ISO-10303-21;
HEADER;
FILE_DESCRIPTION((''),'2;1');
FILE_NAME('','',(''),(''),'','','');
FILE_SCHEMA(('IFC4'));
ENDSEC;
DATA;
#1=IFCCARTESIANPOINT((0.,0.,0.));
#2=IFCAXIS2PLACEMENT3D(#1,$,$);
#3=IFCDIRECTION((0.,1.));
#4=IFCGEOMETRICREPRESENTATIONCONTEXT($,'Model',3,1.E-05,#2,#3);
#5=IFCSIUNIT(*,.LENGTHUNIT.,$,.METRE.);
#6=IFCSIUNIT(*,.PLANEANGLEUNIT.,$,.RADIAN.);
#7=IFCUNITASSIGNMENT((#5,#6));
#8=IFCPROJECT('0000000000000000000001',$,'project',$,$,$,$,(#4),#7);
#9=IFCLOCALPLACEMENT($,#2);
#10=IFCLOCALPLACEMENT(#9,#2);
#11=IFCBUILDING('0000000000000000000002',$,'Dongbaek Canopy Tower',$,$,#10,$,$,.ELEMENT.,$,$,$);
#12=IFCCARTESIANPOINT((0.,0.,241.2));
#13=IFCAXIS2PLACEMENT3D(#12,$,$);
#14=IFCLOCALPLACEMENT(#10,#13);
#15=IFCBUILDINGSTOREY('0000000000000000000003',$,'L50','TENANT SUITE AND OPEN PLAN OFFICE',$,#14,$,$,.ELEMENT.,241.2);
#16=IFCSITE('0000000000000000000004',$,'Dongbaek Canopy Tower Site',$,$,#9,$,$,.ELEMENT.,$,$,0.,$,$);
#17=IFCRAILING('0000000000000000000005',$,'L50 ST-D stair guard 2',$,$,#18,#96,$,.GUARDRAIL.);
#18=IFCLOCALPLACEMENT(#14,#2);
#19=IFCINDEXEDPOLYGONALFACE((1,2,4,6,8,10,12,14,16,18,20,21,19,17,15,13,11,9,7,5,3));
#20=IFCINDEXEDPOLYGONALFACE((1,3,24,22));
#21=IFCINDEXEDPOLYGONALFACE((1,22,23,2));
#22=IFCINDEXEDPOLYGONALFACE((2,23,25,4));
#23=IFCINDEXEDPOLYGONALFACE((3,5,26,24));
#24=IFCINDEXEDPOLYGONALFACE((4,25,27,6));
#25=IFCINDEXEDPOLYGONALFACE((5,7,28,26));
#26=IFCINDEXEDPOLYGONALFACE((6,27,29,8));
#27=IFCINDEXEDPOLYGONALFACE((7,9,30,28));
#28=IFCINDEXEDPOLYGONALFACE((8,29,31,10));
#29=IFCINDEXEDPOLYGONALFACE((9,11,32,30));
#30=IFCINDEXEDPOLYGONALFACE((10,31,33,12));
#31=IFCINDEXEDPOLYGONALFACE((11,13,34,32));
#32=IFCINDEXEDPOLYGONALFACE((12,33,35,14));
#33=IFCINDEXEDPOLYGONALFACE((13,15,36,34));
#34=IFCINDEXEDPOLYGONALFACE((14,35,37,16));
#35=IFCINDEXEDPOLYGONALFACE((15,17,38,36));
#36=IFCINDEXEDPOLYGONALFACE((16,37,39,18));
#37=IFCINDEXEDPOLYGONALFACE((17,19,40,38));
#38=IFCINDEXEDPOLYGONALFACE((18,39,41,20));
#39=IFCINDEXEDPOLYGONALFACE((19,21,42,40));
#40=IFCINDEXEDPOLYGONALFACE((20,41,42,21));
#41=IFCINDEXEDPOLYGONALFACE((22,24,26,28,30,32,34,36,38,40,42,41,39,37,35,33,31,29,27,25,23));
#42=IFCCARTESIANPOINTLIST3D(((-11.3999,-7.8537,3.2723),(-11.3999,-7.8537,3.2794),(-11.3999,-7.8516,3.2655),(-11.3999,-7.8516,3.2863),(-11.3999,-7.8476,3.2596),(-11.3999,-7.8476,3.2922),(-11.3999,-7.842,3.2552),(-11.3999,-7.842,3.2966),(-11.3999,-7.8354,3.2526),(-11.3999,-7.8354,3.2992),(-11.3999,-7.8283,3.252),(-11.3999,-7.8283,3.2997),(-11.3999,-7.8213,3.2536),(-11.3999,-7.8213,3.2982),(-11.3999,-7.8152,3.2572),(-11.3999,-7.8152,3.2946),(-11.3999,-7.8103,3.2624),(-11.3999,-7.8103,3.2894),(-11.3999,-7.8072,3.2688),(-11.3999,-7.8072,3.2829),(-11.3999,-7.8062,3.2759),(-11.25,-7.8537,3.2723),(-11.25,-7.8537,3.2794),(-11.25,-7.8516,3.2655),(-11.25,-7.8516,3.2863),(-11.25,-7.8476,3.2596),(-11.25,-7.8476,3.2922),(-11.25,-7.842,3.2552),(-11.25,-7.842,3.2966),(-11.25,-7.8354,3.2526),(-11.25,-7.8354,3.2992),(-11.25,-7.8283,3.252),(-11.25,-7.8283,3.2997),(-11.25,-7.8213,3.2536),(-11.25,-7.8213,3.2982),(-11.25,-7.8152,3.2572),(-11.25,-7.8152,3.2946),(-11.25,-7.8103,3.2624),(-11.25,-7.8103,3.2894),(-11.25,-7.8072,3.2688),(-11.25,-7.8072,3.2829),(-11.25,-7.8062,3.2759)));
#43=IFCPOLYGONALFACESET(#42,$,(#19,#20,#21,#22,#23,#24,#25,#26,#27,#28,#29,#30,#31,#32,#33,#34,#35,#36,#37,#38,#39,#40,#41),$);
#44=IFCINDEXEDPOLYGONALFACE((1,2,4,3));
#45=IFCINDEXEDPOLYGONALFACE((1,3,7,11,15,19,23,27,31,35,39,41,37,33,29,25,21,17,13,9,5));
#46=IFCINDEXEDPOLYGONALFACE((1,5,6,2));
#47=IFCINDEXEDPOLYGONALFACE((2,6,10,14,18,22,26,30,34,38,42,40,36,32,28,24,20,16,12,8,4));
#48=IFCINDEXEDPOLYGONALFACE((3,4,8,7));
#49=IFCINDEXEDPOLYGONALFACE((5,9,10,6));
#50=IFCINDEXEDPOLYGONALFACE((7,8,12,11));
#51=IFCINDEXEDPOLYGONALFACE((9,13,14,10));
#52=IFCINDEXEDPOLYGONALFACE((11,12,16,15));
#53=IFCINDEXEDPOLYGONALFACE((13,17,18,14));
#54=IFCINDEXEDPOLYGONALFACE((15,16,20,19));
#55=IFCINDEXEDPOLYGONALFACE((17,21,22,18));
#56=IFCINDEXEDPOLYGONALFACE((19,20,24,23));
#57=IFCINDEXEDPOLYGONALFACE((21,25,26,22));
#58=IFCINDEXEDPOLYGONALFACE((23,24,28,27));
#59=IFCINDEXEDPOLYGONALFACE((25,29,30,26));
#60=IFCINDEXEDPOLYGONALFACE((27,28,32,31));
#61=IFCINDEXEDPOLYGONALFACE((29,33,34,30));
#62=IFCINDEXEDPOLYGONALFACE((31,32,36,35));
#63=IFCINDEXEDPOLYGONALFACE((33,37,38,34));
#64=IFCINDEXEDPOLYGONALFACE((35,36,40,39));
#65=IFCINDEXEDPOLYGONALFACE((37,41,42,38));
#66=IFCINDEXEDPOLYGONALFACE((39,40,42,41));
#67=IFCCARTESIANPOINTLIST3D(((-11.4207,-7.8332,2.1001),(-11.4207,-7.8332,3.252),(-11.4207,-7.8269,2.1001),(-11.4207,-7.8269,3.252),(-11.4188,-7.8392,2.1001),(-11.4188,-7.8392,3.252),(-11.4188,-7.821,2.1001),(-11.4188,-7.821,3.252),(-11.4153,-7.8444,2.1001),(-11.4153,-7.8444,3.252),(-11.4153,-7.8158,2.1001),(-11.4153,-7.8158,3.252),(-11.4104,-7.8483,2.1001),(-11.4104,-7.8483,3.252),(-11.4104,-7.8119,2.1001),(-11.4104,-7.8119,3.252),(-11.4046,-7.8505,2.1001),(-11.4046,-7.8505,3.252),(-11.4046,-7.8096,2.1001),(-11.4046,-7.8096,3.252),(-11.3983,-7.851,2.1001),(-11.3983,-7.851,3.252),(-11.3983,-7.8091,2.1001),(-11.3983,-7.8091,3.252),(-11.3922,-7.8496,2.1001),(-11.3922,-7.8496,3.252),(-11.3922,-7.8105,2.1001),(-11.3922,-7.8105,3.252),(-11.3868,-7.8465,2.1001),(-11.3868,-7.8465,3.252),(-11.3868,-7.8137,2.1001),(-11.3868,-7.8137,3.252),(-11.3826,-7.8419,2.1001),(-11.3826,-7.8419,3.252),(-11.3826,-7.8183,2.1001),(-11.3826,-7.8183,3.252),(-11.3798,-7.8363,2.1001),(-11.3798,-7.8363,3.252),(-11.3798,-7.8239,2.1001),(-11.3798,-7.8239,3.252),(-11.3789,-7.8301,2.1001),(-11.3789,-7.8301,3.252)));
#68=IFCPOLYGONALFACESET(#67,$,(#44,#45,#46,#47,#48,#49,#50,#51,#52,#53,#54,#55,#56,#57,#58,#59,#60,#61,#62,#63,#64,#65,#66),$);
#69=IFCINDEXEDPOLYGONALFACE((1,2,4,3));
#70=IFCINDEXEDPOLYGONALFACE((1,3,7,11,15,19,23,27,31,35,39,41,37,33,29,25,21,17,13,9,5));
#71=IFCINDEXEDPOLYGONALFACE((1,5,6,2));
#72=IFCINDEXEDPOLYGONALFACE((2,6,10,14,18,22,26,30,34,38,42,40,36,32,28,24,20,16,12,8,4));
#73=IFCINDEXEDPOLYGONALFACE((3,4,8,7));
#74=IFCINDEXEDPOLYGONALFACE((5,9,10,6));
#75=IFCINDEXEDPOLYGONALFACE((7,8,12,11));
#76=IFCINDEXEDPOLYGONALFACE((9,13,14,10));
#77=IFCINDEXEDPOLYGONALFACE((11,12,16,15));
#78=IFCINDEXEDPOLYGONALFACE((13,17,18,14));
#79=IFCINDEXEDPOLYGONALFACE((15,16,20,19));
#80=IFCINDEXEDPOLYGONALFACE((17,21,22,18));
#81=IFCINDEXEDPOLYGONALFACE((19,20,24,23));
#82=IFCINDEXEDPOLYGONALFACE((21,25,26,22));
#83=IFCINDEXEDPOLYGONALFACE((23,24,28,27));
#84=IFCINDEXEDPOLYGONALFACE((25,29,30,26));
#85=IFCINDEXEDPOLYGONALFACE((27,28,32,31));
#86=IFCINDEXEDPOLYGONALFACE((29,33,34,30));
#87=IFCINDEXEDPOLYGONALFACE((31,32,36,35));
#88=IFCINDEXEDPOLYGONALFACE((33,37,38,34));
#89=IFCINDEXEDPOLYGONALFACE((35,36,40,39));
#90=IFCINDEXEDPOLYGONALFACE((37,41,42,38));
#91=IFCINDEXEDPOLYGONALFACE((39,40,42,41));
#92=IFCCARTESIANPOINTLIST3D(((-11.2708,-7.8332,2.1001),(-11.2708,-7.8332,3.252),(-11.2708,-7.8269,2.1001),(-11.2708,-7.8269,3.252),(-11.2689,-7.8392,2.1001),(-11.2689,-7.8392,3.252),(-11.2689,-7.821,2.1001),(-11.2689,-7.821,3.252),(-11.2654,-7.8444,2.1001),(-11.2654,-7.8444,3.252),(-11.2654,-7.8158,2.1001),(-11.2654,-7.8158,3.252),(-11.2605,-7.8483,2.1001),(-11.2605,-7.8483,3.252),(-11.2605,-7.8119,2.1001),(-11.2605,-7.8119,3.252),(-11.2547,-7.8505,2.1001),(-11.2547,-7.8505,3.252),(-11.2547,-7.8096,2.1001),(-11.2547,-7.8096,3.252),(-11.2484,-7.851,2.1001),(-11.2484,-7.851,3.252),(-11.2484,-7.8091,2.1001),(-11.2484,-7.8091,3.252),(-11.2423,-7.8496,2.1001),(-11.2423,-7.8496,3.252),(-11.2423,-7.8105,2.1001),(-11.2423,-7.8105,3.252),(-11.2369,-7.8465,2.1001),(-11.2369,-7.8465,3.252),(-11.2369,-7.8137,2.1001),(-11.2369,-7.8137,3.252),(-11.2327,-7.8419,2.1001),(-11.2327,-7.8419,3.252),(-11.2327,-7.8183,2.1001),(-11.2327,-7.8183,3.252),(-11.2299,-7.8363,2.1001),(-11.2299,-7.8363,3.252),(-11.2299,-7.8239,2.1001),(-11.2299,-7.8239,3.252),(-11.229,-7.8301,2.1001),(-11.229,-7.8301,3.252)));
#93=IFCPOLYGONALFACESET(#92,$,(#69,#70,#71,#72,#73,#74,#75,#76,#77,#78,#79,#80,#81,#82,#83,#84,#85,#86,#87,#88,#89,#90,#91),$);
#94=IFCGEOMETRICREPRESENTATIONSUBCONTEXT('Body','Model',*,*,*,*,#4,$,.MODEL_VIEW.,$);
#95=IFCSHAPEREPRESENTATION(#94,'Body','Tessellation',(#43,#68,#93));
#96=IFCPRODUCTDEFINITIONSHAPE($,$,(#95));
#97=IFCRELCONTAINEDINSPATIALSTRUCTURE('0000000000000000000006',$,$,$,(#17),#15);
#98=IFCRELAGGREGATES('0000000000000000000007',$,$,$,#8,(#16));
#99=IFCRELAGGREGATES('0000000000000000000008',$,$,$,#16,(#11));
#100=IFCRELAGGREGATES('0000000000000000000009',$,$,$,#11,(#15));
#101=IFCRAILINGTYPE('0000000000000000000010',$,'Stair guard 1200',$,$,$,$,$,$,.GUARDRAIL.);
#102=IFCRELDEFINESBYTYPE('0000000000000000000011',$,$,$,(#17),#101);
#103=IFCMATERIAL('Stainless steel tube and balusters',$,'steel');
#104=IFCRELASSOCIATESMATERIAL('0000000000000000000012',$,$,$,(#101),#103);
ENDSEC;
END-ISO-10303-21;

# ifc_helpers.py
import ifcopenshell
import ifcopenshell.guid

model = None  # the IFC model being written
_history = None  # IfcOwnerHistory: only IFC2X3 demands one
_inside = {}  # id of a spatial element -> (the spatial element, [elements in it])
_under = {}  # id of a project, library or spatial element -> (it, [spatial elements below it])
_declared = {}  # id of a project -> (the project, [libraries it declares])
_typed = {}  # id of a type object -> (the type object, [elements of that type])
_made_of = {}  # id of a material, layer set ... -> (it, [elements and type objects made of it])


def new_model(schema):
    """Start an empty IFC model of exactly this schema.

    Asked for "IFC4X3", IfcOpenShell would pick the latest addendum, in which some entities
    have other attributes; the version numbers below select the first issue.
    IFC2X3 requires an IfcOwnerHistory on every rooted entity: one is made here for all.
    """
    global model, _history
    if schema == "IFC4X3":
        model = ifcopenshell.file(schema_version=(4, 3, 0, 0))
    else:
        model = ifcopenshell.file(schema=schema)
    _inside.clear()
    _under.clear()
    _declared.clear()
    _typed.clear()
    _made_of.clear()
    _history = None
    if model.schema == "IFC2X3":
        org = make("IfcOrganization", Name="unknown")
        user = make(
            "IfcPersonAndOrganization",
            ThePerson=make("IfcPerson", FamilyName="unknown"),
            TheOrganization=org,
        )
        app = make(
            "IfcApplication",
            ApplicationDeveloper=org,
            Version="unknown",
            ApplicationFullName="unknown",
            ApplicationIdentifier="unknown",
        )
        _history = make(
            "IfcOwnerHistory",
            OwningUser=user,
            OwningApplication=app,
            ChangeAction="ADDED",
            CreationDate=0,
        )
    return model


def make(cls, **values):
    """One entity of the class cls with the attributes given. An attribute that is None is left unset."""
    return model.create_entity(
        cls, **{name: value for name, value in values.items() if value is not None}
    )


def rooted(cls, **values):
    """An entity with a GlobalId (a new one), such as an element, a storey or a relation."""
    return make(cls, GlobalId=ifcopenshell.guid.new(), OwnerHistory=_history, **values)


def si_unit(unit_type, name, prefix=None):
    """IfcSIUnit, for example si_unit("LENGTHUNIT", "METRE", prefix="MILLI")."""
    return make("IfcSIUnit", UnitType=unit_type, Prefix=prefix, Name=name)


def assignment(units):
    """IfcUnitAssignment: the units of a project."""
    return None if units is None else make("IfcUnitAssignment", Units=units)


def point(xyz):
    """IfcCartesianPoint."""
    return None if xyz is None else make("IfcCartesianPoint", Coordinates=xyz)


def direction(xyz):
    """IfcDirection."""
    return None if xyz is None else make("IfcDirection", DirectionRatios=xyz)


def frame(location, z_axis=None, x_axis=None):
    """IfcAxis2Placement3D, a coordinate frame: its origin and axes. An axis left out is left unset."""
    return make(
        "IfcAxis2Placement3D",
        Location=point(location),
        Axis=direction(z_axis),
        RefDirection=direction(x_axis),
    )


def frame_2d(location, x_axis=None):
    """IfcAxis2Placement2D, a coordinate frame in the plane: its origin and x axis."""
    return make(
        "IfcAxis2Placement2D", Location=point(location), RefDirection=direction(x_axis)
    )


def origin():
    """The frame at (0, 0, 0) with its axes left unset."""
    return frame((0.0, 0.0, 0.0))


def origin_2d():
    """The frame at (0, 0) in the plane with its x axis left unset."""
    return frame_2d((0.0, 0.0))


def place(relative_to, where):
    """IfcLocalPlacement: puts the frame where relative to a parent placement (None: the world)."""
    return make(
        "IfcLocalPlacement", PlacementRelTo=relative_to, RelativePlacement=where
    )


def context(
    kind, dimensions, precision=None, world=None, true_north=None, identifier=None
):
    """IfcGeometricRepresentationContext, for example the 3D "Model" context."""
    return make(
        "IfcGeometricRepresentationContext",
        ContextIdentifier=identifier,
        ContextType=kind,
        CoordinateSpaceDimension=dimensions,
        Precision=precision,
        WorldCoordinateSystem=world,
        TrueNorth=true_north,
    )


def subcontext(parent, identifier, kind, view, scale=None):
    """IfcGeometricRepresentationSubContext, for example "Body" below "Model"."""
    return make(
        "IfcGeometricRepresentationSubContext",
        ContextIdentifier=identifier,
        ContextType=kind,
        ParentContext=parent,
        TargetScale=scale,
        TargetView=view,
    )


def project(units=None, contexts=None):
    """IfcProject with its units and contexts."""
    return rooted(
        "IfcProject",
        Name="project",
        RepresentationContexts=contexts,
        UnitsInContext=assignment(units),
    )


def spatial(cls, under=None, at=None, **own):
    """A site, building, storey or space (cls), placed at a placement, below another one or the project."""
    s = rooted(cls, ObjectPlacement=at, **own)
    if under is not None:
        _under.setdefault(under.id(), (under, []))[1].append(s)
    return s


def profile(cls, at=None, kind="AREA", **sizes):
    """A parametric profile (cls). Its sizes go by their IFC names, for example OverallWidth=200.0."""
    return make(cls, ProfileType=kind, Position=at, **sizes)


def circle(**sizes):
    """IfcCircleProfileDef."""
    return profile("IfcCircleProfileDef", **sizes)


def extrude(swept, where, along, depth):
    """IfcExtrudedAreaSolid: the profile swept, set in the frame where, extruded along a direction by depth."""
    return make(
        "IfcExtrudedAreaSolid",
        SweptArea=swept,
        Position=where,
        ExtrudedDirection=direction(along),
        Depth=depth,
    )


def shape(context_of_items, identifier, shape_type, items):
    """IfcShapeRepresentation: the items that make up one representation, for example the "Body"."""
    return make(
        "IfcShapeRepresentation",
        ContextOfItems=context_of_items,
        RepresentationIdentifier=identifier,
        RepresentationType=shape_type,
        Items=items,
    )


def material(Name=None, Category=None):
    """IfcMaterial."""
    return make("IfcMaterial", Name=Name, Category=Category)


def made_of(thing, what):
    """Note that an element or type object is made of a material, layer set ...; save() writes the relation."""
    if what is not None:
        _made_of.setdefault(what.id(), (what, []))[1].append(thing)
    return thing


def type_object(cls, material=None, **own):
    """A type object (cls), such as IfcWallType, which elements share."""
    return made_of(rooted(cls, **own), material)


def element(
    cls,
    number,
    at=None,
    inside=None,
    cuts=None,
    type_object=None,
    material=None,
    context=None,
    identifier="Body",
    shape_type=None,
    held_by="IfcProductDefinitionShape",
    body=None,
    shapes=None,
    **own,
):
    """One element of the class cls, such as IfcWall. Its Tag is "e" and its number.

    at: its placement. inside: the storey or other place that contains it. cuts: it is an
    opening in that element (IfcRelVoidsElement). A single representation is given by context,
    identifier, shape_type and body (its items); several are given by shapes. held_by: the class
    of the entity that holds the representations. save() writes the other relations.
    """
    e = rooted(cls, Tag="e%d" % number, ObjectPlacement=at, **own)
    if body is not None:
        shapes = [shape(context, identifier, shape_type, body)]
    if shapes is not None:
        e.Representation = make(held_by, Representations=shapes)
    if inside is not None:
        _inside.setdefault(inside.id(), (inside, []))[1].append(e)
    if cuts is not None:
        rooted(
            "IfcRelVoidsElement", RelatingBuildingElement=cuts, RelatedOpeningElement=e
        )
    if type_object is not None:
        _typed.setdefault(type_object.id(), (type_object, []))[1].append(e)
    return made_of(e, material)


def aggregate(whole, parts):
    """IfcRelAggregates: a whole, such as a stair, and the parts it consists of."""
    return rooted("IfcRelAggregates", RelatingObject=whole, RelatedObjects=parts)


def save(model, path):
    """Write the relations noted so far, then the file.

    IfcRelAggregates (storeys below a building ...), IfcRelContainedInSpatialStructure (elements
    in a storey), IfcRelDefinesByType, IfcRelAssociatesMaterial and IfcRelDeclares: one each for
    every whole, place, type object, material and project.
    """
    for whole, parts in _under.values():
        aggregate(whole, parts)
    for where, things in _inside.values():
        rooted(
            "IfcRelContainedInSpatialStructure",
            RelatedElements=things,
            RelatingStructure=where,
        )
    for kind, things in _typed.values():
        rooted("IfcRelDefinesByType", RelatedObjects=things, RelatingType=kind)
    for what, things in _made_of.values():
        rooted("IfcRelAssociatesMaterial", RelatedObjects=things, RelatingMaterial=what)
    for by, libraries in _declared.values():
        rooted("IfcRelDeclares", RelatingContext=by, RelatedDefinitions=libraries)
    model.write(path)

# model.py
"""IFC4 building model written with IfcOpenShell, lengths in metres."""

from ifc_helpers import new_model, si_unit, direction, frame, origin, origin_2d, place, context, subcontext, project, spatial, circle, extrude, material, type_object, element, save


model = new_model("IFC4")

# Units and contexts
model_context = context("Model", 3, precision=1e-05, world=origin(), true_north=direction((0.0, 1.0)))
body_context = subcontext(model_context, "Body", "Model", "MODEL_VIEW")
ifc_project = project(units=[si_unit("LENGTHUNIT", "METRE"), si_unit("PLANEANGLEUNIT", "RADIAN")], contexts=[model_context])

# Site, building, storey
site_placement = place(None, origin())
site = spatial("IfcSite", under=ifc_project, at=site_placement, Name="Dongbaek Canopy Tower Site", CompositionType="ELEMENT", RefElevation=0.0)
building_placement = place(site_placement, origin())
building = spatial("IfcBuilding", under=site, at=building_placement, Name="Dongbaek Canopy Tower", CompositionType="ELEMENT")
storey_placement = place(building_placement, frame((0.0, 0.0, 241.2)))
storey = spatial("IfcBuildingStorey", under=building, at=storey_placement, Name="L50", Description="TENANT SUITE AND OPEN PLAN OFFICE", CompositionType="ELEMENT", Elevation=241.2)

# Railing
ifc_material_1 = material(Name="Stainless steel tube and balusters", Category="steel")
railing_type_1 = type_object("IfcRailingType", Name="Stair guard 1200", PredefinedType="GUARDRAIL", material=ifc_material_1)
railing_1_placement = place(storey_placement, frame((-11.3999, -7.8301, 2.1001)))
element("IfcRailing", 1, at=railing_1_placement, inside=storey, type_object=railing_type_1, Name="L50 ST-D stair guard 2", PredefinedType="GUARDRAIL", context=body_context, shape_type="SweptSolid", body=[
    extrude(circle(Radius=0.0239, at=origin_2d()), frame((0.0, 0.0, 1.1758), z_axis=(1.0, 0.0, 0.0), x_axis=(0.0, 1.0, 0.0)), (0.0, 0.0, 1.0), 0.1499),
    extrude(circle(Radius=0.021, at=origin_2d()), origin(), (0.0, 0.0, 1.0), 1.1519),
    extrude(circle(Radius=0.021, at=origin_2d()), frame((0.1499, 0.0, 0.0)), (0.0, 0.0, 1.0), 1.1519),
])

save(model, "model.ifc")
